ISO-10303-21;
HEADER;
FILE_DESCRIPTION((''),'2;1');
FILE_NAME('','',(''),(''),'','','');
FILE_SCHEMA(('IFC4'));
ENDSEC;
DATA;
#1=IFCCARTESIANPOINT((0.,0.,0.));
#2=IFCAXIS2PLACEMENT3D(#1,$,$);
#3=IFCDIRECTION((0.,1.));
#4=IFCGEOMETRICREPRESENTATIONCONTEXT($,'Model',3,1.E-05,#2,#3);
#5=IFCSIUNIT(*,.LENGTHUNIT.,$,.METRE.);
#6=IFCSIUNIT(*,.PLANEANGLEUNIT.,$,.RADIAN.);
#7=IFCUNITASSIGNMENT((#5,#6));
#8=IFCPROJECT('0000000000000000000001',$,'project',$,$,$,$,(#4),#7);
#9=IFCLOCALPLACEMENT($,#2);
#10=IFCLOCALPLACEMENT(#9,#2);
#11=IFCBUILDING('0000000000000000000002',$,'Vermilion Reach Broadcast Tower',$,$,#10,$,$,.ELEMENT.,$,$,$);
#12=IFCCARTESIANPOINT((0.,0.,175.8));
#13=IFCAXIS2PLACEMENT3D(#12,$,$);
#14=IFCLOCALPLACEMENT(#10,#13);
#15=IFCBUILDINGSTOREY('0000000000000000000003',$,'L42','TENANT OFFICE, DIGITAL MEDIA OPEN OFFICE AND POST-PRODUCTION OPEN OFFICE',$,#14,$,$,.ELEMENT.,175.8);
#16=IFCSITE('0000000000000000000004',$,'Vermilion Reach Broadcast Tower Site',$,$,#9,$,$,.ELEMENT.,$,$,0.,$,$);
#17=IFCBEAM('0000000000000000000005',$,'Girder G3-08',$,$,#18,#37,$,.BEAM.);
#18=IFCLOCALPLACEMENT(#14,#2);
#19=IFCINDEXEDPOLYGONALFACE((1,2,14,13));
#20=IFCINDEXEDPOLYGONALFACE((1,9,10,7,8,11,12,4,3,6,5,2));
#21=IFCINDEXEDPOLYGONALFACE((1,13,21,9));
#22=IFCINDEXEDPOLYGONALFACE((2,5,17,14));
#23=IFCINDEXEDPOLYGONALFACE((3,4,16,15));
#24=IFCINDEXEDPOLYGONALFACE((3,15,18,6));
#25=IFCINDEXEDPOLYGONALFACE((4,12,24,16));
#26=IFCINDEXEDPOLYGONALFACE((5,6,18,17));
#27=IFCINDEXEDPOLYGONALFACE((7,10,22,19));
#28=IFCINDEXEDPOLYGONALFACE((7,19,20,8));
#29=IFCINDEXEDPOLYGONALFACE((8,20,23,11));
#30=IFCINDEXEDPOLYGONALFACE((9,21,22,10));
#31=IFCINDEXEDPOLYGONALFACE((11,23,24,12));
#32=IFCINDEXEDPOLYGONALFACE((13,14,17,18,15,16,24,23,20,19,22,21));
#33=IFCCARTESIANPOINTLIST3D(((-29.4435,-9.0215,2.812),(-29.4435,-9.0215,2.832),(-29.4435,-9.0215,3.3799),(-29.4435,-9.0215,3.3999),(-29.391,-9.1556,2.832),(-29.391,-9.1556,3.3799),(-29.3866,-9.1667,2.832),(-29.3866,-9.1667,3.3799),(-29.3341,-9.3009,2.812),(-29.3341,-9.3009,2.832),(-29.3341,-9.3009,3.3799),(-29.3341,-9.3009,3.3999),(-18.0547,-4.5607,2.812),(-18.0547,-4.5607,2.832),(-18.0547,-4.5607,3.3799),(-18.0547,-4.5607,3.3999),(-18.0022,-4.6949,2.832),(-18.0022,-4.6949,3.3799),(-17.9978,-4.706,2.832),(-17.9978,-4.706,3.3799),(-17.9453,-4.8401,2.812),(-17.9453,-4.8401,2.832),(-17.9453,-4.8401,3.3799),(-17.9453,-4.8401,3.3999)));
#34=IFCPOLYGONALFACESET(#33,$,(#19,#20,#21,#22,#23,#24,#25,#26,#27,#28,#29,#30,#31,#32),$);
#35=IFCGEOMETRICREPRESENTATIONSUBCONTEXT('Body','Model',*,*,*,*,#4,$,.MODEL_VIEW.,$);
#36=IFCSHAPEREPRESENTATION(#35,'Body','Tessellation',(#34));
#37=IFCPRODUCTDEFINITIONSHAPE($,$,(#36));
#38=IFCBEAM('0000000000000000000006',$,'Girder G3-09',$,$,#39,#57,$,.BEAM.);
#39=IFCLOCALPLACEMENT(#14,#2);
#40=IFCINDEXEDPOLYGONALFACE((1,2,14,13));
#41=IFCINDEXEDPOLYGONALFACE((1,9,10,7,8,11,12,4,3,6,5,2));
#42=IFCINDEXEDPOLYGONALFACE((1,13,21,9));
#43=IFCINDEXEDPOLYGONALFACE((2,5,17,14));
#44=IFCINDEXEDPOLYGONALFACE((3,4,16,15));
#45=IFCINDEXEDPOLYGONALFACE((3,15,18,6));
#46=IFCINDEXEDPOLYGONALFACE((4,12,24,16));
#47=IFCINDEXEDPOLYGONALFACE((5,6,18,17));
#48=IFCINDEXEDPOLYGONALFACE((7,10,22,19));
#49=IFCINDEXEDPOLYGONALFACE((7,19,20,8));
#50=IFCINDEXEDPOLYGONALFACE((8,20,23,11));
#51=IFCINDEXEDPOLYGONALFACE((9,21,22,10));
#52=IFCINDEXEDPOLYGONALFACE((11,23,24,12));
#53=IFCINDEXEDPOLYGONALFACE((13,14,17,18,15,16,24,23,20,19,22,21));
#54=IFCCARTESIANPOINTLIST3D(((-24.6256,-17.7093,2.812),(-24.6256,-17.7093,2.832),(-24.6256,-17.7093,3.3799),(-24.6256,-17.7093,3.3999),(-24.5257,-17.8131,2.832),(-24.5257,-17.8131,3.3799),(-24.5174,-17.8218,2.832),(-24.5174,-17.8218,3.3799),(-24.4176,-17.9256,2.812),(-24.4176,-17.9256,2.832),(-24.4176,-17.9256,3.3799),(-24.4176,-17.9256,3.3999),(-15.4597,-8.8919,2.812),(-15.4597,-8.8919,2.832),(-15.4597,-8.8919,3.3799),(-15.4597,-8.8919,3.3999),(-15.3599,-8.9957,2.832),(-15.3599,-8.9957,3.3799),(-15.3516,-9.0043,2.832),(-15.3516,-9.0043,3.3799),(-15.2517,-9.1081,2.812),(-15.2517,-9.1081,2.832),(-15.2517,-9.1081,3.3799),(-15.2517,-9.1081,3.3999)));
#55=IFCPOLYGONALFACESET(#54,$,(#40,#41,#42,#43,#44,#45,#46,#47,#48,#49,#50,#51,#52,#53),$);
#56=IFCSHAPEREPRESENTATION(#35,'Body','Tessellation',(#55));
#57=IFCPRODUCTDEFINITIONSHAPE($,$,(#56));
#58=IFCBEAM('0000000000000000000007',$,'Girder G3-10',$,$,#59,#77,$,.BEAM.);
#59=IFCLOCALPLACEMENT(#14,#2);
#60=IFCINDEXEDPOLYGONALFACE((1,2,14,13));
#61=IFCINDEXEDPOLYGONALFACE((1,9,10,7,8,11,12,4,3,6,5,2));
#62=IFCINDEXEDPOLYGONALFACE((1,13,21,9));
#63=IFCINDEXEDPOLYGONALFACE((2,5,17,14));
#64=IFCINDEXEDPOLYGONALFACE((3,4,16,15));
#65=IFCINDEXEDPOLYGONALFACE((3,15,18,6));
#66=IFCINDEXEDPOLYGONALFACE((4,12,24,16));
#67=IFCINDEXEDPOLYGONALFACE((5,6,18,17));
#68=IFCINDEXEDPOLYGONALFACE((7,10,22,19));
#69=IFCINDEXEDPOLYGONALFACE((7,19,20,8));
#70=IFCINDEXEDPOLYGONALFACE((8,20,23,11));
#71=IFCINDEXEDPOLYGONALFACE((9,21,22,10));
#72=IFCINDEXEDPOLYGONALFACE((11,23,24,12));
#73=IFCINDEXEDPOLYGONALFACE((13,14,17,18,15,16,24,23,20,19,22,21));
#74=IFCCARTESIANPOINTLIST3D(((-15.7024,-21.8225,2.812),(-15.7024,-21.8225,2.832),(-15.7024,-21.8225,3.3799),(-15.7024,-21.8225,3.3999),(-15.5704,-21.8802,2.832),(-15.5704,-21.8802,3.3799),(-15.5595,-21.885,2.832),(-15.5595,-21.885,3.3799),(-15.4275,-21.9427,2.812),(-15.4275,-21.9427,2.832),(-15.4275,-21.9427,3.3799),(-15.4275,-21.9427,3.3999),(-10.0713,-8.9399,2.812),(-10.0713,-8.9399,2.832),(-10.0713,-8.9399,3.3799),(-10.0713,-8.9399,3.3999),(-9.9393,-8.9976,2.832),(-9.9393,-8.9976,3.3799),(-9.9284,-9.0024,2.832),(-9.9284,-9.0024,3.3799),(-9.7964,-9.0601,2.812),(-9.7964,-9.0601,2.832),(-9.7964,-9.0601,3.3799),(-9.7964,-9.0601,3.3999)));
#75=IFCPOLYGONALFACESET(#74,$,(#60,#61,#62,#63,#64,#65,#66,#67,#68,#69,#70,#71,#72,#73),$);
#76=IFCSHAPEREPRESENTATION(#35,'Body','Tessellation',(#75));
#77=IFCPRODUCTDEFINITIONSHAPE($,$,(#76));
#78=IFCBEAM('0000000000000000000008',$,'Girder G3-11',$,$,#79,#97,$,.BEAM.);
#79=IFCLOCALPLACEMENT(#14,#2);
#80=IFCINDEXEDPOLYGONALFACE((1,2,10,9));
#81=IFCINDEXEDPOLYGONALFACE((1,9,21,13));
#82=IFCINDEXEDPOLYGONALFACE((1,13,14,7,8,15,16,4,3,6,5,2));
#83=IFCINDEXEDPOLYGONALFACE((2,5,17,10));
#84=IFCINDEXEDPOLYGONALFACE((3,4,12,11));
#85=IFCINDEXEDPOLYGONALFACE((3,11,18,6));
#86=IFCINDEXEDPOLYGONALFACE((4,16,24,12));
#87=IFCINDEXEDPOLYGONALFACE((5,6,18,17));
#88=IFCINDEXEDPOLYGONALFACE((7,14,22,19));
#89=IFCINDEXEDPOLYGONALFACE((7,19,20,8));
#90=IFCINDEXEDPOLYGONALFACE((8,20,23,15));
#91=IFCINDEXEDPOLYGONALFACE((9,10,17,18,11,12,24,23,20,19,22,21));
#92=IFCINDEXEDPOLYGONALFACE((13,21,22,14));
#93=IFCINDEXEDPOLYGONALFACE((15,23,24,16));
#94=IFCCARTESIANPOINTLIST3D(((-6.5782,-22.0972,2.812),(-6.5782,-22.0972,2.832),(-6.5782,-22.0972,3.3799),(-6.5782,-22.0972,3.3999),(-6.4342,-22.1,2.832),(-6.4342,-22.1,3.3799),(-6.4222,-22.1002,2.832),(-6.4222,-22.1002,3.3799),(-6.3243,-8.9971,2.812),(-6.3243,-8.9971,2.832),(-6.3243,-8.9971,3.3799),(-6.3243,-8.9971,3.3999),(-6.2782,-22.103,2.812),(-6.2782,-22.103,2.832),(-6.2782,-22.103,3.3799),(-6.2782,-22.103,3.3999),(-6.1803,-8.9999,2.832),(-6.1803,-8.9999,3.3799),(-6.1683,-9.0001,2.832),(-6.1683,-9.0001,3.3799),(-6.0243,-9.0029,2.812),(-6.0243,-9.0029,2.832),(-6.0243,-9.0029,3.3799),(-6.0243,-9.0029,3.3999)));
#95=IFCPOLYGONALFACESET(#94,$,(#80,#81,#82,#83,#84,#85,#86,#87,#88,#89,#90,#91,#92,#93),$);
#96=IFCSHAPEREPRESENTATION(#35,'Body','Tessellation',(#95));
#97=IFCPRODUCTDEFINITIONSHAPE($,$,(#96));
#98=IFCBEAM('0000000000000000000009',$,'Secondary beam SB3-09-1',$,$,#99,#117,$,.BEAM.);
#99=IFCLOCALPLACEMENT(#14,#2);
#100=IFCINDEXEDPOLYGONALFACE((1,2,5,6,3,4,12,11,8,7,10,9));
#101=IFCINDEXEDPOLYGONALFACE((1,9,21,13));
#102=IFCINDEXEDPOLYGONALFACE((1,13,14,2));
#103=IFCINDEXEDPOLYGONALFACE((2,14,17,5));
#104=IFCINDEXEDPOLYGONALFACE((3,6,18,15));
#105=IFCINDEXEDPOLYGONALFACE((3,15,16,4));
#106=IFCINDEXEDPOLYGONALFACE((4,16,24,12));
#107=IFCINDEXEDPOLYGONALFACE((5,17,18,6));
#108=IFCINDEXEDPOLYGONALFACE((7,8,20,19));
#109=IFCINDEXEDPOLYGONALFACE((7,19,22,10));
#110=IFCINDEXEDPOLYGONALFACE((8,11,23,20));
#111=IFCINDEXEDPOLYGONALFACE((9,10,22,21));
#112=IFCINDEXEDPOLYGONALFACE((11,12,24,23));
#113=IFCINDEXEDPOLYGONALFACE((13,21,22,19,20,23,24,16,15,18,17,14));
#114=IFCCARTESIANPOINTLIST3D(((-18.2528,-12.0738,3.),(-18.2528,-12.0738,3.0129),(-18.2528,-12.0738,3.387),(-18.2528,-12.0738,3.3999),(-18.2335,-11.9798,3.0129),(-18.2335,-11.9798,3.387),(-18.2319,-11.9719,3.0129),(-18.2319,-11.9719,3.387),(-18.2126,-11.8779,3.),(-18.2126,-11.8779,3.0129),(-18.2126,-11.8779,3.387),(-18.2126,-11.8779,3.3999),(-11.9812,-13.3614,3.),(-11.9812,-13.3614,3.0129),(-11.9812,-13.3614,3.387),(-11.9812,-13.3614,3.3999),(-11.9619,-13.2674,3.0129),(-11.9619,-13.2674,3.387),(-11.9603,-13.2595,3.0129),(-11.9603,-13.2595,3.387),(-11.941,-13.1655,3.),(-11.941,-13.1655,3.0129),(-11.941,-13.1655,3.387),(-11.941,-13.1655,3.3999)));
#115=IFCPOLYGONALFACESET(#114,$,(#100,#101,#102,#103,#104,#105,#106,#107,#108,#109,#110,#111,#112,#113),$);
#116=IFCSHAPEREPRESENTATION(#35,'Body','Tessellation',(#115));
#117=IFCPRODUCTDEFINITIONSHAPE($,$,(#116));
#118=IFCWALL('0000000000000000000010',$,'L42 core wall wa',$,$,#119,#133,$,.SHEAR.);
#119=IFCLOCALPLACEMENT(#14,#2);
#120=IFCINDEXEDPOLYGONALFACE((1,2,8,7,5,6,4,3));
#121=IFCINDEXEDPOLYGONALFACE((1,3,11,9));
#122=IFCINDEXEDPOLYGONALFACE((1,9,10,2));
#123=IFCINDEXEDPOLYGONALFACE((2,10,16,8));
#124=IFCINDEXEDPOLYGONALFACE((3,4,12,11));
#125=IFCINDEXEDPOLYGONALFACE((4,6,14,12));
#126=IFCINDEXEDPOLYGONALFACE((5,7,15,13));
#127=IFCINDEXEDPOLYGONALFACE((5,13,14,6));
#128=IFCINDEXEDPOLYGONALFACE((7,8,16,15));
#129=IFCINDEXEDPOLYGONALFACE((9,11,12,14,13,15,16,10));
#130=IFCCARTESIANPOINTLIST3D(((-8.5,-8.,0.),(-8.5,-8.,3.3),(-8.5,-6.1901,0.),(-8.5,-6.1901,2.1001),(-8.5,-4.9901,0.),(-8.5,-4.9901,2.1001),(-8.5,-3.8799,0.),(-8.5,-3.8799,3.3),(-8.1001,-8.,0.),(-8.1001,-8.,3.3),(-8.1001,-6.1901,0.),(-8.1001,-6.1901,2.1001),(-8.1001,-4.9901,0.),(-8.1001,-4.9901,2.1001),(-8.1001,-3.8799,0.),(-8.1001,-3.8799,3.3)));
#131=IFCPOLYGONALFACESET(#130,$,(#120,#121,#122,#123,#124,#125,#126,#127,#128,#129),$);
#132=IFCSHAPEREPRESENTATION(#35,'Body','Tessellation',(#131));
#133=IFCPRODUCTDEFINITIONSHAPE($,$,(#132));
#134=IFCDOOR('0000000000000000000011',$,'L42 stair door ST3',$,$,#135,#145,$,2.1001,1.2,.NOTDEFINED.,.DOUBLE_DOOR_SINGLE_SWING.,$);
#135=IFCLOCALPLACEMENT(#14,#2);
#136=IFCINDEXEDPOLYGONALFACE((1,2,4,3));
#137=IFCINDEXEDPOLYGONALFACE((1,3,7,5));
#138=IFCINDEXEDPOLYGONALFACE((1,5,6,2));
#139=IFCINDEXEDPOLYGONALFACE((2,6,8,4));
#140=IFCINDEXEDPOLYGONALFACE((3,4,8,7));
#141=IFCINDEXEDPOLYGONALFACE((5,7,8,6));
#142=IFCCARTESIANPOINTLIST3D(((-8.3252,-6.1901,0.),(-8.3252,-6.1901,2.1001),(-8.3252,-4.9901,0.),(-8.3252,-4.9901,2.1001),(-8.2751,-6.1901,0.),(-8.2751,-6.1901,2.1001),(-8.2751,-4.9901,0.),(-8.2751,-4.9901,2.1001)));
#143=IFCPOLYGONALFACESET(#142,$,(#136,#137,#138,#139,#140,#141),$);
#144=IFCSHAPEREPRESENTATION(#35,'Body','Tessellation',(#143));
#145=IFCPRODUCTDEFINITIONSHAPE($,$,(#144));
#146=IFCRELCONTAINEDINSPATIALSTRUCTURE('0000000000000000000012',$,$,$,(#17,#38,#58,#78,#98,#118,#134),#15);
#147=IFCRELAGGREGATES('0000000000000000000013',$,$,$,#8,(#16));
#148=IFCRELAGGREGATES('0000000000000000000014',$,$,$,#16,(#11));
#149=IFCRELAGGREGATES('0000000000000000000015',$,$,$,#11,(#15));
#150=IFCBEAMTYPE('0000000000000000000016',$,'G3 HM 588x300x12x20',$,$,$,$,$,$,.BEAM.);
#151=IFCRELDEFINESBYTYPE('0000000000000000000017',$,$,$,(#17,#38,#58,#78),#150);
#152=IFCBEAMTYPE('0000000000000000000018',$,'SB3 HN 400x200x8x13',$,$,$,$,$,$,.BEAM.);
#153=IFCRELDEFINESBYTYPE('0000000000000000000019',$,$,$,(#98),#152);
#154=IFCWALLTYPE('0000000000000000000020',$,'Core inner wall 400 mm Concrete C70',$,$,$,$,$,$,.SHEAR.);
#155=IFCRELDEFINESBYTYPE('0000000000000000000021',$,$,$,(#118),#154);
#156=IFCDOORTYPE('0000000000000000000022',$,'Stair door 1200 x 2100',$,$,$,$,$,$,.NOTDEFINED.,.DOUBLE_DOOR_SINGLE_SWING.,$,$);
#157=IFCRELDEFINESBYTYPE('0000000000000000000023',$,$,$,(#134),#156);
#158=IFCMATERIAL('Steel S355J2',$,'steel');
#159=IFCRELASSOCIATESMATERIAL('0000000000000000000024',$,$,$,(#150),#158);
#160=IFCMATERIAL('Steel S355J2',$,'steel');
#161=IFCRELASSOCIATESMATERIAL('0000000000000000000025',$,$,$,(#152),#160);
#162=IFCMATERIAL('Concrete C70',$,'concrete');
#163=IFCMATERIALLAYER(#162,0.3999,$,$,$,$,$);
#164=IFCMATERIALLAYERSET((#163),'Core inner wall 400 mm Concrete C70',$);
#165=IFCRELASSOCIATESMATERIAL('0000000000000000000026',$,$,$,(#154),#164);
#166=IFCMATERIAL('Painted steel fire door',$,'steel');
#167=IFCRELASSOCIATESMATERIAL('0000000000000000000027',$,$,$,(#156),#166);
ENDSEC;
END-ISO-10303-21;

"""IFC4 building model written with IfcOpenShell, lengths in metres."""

from ifc_helpers import new_model, si_unit, direction, frame, frame_2d, origin, origin_2d, place, context, subcontext, project, spatial, rectangle, i_section, extrude, material, layer, layer_set, material_profile, profile_set, type_object, element, fill, save


model = new_model("IFC4")

# Units and contexts
model_context = context("Model", 3, precision=1e-05, world=origin(), true_north=direction((0.0, 1.0)))
body_context = subcontext(model_context, "Body", "Model", "MODEL_VIEW")
ifc_project = project(units=[si_unit("LENGTHUNIT", "METRE"), si_unit("PLANEANGLEUNIT", "RADIAN")], contexts=[model_context])

# Site, building, storey
site_placement = place(None, origin())
site = spatial("IfcSite", under=ifc_project, at=site_placement, Name="Vermilion Reach Broadcast Tower Site", CompositionType="ELEMENT", RefElevation=0.0)
building_placement = place(site_placement, origin())
building = spatial("IfcBuilding", under=site, at=building_placement, Name="Vermilion Reach Broadcast Tower", CompositionType="ELEMENT")
storey_placement = place(building_placement, frame((0.0, 0.0, 175.8)))
storey = spatial("IfcBuildingStorey", under=building, at=storey_placement, Name="L42", Description="TENANT OFFICE, DIGITAL MEDIA OPEN OFFICE AND POST-PRODUCTION OPEN OFFICE", CompositionType="ELEMENT", Elevation=175.8)

# Beams
ifc_material_1 = material(Name="Steel S355J2", Category="steel")
ifc_material_profile_1 = material_profile(ifc_material_1, i_section(OverallWidth=0.3, OverallDepth=0.5879, WebThickness=0.012, FlangeThickness=0.02, at=origin_2d()), Name="S355J2 HM 588x300x12x20")
ifc_profile_set_1 = profile_set([ifc_material_profile_1], Name="Steel S355J2")
beam_type_1 = type_object("IfcBeamType", Name="G3 HM 588x300x12x20", PredefinedType="BEAM", material=ifc_profile_set_1)
beam_1_placement = place(storey_placement, frame((-18.0, -4.7004, 3.106), z_axis=(-0.931125, -0.364701, 0.0), x_axis=(0.364701, -0.931125, 0.0)))
element("IfcBeam", 1, at=beam_1_placement, inside=storey, type_object=beam_type_1, Name="Girder G3-08", PredefinedType="BEAM", context=body_context, shape_type="SweptSolid", body=[
    extrude(i_section(OverallWidth=0.3, OverallDepth=0.5879, WebThickness=0.012, FlangeThickness=0.02, at=origin_2d()), origin(), (0.0, 0.0, 1.0), 12.2312),
])
beam_2_placement = place(storey_placement, frame((-15.3557, -9.0, 3.106), z_axis=(-0.72067, -0.693278, 0.0), x_axis=(0.693278, -0.72067, 0.0)))
element("IfcBeam", 2, at=beam_2_placement, inside=storey, type_object=beam_type_1, Name="Girder G3-09", PredefinedType="BEAM", context=body_context, shape_type="SweptSolid", body=[
    extrude(i_section(OverallWidth=0.3, OverallDepth=0.5879, WebThickness=0.012, FlangeThickness=0.02, at=origin_2d()), origin(), (0.0, 0.0, 1.0), 12.7185),
])
beam_3_placement = place(storey_placement, frame((-9.9338, -9.0, 3.106), z_axis=(-0.400519, -0.916288, 0.0), x_axis=(0.916288, -0.400519, 0.0)))
element("IfcBeam", 3, at=beam_3_placement, inside=storey, type_object=beam_type_1, Name="Girder G3-10", PredefinedType="BEAM", context=body_context, shape_type="SweptSolid", body=[
    extrude(i_section(OverallWidth=0.3, OverallDepth=0.5879, WebThickness=0.012, FlangeThickness=0.02, at=origin_2d()), origin(), (0.0, 0.0, 1.0), 14.0596),
])
beam_4_placement = place(storey_placement, frame((-6.1743, -9.0, 3.106), z_axis=(-0.019378, -0.999812, 0.0), x_axis=(0.999812, -0.019378, 0.0)))
element("IfcBeam", 4, at=beam_4_placement, inside=storey, type_object=beam_type_1, Name="Girder G3-11", PredefinedType="BEAM", context=body_context, shape_type="SweptSolid", body=[
    extrude(i_section(OverallWidth=0.3, OverallDepth=0.5879, WebThickness=0.012, FlangeThickness=0.02, at=origin_2d()), origin(), (0.0, 0.0, 1.0), 13.1025),
])
ifc_material_2 = material(Name="Steel S355J2", Category="steel")
ifc_material_profile_2 = material_profile(ifc_material_2, i_section(OverallWidth=0.2, OverallDepth=0.3999, WebThickness=0.0081, FlangeThickness=0.0129, at=origin_2d()), Name="S355J2 HN 400x200x8x13")
ifc_profile_set_2 = profile_set([ifc_material_profile_2], Name="Steel S355J2")
beam_type_2 = type_object("IfcBeamType", Name="SB3 HN 400x200x8x13", PredefinedType="BEAM", material=ifc_profile_set_2)
beam_5_placement = place(storey_placement, frame((-18.2327, -11.9758, 3.2), z_axis=(0.979568, -0.201115, 0.0), x_axis=(0.201115, 0.979568, 0.0)))
element("IfcBeam", 5, at=beam_5_placement, inside=storey, type_object=beam_type_2, Name="Secondary beam SB3-09-1", PredefinedType="BEAM", context=body_context, shape_type="SweptSolid", body=[
    extrude(i_section(OverallWidth=0.2, OverallDepth=0.3999, WebThickness=0.0081, FlangeThickness=0.0129, at=origin_2d()), origin(), (0.0, 0.0, 1.0), 6.4023),
])

# Wall, opening, door
ifc_material_3 = material(Name="Concrete C70", Category="concrete")
ifc_layer_1 = layer(ifc_material_3, 0.3999)
ifc_layer_set_1 = layer_set([ifc_layer_1], Name="Core inner wall 400 mm Concrete C70")
wall_type_1 = type_object("IfcWallType", Name="Core inner wall 400 mm Concrete C70", PredefinedType="SHEAR", material=ifc_layer_set_1)
wall_1_placement = place(storey_placement, frame((-8.3, -3.8799, 0.0), z_axis=(0.0, 0.0, 1.0), x_axis=(0.0, -1.0, 0.0)))
wall_1 = element("IfcWall", 6, at=wall_1_placement, inside=storey, type_object=wall_type_1, Name="L42 core wall wa", PredefinedType="SHEAR", context=body_context, shape_type="SweptSolid", body=[
    extrude(rectangle(XDim=4.1201, YDim=0.3999, at=frame_2d((2.0601, 0.0))), origin(), (0.0, 0.0, 1.0), 3.3),
])
opening_1_placement = place(wall_1_placement, frame((1.1101, 0.0, 0.0)))
opening_1 = element("IfcOpeningElement", 7, at=opening_1_placement, cuts=wall_1, PredefinedType="OPENING", context=body_context, shape_type="SweptSolid", body=[
    extrude(rectangle(XDim=1.2, YDim=2.1001, at=frame_2d((0.6001, 1.05))), frame((0.0, 0.21, 0.0), z_axis=(0.0, -1.0, 0.0), x_axis=(1.0, 0.0, 0.0)), (0.0, 0.0, 1.0), 0.4199),
])
ifc_material_4 = material(Name="Painted steel fire door", Category="steel")
door_type_1 = type_object("IfcDoorType", Name="Stair door 1200 x 2100", OperationType="DOUBLE_DOOR_SINGLE_SWING", PredefinedType="NOTDEFINED", material=ifc_material_4)
door_1_placement = place(opening_1_placement, origin())
door_1 = element("IfcDoor", 8, at=door_1_placement, inside=storey, type_object=door_type_1, Name="L42 stair door ST3", OperationType="DOUBLE_DOOR_SINGLE_SWING", OverallHeight=2.1001, OverallWidth=1.2, PredefinedType="NOTDEFINED", context=body_context, shape_type="SweptSolid", body=[
    extrude(rectangle(XDim=1.2, YDim=2.1001, at=frame_2d((0.6001, 1.05))), frame((0.0, 0.0249, 0.0), z_axis=(0.0, -1.0, 0.0), x_axis=(1.0, 0.0, 0.0)), (0.0, 0.0, 1.0), 0.05),
])
fill(opening_1, door_1)

save(model, "model.ifc")
